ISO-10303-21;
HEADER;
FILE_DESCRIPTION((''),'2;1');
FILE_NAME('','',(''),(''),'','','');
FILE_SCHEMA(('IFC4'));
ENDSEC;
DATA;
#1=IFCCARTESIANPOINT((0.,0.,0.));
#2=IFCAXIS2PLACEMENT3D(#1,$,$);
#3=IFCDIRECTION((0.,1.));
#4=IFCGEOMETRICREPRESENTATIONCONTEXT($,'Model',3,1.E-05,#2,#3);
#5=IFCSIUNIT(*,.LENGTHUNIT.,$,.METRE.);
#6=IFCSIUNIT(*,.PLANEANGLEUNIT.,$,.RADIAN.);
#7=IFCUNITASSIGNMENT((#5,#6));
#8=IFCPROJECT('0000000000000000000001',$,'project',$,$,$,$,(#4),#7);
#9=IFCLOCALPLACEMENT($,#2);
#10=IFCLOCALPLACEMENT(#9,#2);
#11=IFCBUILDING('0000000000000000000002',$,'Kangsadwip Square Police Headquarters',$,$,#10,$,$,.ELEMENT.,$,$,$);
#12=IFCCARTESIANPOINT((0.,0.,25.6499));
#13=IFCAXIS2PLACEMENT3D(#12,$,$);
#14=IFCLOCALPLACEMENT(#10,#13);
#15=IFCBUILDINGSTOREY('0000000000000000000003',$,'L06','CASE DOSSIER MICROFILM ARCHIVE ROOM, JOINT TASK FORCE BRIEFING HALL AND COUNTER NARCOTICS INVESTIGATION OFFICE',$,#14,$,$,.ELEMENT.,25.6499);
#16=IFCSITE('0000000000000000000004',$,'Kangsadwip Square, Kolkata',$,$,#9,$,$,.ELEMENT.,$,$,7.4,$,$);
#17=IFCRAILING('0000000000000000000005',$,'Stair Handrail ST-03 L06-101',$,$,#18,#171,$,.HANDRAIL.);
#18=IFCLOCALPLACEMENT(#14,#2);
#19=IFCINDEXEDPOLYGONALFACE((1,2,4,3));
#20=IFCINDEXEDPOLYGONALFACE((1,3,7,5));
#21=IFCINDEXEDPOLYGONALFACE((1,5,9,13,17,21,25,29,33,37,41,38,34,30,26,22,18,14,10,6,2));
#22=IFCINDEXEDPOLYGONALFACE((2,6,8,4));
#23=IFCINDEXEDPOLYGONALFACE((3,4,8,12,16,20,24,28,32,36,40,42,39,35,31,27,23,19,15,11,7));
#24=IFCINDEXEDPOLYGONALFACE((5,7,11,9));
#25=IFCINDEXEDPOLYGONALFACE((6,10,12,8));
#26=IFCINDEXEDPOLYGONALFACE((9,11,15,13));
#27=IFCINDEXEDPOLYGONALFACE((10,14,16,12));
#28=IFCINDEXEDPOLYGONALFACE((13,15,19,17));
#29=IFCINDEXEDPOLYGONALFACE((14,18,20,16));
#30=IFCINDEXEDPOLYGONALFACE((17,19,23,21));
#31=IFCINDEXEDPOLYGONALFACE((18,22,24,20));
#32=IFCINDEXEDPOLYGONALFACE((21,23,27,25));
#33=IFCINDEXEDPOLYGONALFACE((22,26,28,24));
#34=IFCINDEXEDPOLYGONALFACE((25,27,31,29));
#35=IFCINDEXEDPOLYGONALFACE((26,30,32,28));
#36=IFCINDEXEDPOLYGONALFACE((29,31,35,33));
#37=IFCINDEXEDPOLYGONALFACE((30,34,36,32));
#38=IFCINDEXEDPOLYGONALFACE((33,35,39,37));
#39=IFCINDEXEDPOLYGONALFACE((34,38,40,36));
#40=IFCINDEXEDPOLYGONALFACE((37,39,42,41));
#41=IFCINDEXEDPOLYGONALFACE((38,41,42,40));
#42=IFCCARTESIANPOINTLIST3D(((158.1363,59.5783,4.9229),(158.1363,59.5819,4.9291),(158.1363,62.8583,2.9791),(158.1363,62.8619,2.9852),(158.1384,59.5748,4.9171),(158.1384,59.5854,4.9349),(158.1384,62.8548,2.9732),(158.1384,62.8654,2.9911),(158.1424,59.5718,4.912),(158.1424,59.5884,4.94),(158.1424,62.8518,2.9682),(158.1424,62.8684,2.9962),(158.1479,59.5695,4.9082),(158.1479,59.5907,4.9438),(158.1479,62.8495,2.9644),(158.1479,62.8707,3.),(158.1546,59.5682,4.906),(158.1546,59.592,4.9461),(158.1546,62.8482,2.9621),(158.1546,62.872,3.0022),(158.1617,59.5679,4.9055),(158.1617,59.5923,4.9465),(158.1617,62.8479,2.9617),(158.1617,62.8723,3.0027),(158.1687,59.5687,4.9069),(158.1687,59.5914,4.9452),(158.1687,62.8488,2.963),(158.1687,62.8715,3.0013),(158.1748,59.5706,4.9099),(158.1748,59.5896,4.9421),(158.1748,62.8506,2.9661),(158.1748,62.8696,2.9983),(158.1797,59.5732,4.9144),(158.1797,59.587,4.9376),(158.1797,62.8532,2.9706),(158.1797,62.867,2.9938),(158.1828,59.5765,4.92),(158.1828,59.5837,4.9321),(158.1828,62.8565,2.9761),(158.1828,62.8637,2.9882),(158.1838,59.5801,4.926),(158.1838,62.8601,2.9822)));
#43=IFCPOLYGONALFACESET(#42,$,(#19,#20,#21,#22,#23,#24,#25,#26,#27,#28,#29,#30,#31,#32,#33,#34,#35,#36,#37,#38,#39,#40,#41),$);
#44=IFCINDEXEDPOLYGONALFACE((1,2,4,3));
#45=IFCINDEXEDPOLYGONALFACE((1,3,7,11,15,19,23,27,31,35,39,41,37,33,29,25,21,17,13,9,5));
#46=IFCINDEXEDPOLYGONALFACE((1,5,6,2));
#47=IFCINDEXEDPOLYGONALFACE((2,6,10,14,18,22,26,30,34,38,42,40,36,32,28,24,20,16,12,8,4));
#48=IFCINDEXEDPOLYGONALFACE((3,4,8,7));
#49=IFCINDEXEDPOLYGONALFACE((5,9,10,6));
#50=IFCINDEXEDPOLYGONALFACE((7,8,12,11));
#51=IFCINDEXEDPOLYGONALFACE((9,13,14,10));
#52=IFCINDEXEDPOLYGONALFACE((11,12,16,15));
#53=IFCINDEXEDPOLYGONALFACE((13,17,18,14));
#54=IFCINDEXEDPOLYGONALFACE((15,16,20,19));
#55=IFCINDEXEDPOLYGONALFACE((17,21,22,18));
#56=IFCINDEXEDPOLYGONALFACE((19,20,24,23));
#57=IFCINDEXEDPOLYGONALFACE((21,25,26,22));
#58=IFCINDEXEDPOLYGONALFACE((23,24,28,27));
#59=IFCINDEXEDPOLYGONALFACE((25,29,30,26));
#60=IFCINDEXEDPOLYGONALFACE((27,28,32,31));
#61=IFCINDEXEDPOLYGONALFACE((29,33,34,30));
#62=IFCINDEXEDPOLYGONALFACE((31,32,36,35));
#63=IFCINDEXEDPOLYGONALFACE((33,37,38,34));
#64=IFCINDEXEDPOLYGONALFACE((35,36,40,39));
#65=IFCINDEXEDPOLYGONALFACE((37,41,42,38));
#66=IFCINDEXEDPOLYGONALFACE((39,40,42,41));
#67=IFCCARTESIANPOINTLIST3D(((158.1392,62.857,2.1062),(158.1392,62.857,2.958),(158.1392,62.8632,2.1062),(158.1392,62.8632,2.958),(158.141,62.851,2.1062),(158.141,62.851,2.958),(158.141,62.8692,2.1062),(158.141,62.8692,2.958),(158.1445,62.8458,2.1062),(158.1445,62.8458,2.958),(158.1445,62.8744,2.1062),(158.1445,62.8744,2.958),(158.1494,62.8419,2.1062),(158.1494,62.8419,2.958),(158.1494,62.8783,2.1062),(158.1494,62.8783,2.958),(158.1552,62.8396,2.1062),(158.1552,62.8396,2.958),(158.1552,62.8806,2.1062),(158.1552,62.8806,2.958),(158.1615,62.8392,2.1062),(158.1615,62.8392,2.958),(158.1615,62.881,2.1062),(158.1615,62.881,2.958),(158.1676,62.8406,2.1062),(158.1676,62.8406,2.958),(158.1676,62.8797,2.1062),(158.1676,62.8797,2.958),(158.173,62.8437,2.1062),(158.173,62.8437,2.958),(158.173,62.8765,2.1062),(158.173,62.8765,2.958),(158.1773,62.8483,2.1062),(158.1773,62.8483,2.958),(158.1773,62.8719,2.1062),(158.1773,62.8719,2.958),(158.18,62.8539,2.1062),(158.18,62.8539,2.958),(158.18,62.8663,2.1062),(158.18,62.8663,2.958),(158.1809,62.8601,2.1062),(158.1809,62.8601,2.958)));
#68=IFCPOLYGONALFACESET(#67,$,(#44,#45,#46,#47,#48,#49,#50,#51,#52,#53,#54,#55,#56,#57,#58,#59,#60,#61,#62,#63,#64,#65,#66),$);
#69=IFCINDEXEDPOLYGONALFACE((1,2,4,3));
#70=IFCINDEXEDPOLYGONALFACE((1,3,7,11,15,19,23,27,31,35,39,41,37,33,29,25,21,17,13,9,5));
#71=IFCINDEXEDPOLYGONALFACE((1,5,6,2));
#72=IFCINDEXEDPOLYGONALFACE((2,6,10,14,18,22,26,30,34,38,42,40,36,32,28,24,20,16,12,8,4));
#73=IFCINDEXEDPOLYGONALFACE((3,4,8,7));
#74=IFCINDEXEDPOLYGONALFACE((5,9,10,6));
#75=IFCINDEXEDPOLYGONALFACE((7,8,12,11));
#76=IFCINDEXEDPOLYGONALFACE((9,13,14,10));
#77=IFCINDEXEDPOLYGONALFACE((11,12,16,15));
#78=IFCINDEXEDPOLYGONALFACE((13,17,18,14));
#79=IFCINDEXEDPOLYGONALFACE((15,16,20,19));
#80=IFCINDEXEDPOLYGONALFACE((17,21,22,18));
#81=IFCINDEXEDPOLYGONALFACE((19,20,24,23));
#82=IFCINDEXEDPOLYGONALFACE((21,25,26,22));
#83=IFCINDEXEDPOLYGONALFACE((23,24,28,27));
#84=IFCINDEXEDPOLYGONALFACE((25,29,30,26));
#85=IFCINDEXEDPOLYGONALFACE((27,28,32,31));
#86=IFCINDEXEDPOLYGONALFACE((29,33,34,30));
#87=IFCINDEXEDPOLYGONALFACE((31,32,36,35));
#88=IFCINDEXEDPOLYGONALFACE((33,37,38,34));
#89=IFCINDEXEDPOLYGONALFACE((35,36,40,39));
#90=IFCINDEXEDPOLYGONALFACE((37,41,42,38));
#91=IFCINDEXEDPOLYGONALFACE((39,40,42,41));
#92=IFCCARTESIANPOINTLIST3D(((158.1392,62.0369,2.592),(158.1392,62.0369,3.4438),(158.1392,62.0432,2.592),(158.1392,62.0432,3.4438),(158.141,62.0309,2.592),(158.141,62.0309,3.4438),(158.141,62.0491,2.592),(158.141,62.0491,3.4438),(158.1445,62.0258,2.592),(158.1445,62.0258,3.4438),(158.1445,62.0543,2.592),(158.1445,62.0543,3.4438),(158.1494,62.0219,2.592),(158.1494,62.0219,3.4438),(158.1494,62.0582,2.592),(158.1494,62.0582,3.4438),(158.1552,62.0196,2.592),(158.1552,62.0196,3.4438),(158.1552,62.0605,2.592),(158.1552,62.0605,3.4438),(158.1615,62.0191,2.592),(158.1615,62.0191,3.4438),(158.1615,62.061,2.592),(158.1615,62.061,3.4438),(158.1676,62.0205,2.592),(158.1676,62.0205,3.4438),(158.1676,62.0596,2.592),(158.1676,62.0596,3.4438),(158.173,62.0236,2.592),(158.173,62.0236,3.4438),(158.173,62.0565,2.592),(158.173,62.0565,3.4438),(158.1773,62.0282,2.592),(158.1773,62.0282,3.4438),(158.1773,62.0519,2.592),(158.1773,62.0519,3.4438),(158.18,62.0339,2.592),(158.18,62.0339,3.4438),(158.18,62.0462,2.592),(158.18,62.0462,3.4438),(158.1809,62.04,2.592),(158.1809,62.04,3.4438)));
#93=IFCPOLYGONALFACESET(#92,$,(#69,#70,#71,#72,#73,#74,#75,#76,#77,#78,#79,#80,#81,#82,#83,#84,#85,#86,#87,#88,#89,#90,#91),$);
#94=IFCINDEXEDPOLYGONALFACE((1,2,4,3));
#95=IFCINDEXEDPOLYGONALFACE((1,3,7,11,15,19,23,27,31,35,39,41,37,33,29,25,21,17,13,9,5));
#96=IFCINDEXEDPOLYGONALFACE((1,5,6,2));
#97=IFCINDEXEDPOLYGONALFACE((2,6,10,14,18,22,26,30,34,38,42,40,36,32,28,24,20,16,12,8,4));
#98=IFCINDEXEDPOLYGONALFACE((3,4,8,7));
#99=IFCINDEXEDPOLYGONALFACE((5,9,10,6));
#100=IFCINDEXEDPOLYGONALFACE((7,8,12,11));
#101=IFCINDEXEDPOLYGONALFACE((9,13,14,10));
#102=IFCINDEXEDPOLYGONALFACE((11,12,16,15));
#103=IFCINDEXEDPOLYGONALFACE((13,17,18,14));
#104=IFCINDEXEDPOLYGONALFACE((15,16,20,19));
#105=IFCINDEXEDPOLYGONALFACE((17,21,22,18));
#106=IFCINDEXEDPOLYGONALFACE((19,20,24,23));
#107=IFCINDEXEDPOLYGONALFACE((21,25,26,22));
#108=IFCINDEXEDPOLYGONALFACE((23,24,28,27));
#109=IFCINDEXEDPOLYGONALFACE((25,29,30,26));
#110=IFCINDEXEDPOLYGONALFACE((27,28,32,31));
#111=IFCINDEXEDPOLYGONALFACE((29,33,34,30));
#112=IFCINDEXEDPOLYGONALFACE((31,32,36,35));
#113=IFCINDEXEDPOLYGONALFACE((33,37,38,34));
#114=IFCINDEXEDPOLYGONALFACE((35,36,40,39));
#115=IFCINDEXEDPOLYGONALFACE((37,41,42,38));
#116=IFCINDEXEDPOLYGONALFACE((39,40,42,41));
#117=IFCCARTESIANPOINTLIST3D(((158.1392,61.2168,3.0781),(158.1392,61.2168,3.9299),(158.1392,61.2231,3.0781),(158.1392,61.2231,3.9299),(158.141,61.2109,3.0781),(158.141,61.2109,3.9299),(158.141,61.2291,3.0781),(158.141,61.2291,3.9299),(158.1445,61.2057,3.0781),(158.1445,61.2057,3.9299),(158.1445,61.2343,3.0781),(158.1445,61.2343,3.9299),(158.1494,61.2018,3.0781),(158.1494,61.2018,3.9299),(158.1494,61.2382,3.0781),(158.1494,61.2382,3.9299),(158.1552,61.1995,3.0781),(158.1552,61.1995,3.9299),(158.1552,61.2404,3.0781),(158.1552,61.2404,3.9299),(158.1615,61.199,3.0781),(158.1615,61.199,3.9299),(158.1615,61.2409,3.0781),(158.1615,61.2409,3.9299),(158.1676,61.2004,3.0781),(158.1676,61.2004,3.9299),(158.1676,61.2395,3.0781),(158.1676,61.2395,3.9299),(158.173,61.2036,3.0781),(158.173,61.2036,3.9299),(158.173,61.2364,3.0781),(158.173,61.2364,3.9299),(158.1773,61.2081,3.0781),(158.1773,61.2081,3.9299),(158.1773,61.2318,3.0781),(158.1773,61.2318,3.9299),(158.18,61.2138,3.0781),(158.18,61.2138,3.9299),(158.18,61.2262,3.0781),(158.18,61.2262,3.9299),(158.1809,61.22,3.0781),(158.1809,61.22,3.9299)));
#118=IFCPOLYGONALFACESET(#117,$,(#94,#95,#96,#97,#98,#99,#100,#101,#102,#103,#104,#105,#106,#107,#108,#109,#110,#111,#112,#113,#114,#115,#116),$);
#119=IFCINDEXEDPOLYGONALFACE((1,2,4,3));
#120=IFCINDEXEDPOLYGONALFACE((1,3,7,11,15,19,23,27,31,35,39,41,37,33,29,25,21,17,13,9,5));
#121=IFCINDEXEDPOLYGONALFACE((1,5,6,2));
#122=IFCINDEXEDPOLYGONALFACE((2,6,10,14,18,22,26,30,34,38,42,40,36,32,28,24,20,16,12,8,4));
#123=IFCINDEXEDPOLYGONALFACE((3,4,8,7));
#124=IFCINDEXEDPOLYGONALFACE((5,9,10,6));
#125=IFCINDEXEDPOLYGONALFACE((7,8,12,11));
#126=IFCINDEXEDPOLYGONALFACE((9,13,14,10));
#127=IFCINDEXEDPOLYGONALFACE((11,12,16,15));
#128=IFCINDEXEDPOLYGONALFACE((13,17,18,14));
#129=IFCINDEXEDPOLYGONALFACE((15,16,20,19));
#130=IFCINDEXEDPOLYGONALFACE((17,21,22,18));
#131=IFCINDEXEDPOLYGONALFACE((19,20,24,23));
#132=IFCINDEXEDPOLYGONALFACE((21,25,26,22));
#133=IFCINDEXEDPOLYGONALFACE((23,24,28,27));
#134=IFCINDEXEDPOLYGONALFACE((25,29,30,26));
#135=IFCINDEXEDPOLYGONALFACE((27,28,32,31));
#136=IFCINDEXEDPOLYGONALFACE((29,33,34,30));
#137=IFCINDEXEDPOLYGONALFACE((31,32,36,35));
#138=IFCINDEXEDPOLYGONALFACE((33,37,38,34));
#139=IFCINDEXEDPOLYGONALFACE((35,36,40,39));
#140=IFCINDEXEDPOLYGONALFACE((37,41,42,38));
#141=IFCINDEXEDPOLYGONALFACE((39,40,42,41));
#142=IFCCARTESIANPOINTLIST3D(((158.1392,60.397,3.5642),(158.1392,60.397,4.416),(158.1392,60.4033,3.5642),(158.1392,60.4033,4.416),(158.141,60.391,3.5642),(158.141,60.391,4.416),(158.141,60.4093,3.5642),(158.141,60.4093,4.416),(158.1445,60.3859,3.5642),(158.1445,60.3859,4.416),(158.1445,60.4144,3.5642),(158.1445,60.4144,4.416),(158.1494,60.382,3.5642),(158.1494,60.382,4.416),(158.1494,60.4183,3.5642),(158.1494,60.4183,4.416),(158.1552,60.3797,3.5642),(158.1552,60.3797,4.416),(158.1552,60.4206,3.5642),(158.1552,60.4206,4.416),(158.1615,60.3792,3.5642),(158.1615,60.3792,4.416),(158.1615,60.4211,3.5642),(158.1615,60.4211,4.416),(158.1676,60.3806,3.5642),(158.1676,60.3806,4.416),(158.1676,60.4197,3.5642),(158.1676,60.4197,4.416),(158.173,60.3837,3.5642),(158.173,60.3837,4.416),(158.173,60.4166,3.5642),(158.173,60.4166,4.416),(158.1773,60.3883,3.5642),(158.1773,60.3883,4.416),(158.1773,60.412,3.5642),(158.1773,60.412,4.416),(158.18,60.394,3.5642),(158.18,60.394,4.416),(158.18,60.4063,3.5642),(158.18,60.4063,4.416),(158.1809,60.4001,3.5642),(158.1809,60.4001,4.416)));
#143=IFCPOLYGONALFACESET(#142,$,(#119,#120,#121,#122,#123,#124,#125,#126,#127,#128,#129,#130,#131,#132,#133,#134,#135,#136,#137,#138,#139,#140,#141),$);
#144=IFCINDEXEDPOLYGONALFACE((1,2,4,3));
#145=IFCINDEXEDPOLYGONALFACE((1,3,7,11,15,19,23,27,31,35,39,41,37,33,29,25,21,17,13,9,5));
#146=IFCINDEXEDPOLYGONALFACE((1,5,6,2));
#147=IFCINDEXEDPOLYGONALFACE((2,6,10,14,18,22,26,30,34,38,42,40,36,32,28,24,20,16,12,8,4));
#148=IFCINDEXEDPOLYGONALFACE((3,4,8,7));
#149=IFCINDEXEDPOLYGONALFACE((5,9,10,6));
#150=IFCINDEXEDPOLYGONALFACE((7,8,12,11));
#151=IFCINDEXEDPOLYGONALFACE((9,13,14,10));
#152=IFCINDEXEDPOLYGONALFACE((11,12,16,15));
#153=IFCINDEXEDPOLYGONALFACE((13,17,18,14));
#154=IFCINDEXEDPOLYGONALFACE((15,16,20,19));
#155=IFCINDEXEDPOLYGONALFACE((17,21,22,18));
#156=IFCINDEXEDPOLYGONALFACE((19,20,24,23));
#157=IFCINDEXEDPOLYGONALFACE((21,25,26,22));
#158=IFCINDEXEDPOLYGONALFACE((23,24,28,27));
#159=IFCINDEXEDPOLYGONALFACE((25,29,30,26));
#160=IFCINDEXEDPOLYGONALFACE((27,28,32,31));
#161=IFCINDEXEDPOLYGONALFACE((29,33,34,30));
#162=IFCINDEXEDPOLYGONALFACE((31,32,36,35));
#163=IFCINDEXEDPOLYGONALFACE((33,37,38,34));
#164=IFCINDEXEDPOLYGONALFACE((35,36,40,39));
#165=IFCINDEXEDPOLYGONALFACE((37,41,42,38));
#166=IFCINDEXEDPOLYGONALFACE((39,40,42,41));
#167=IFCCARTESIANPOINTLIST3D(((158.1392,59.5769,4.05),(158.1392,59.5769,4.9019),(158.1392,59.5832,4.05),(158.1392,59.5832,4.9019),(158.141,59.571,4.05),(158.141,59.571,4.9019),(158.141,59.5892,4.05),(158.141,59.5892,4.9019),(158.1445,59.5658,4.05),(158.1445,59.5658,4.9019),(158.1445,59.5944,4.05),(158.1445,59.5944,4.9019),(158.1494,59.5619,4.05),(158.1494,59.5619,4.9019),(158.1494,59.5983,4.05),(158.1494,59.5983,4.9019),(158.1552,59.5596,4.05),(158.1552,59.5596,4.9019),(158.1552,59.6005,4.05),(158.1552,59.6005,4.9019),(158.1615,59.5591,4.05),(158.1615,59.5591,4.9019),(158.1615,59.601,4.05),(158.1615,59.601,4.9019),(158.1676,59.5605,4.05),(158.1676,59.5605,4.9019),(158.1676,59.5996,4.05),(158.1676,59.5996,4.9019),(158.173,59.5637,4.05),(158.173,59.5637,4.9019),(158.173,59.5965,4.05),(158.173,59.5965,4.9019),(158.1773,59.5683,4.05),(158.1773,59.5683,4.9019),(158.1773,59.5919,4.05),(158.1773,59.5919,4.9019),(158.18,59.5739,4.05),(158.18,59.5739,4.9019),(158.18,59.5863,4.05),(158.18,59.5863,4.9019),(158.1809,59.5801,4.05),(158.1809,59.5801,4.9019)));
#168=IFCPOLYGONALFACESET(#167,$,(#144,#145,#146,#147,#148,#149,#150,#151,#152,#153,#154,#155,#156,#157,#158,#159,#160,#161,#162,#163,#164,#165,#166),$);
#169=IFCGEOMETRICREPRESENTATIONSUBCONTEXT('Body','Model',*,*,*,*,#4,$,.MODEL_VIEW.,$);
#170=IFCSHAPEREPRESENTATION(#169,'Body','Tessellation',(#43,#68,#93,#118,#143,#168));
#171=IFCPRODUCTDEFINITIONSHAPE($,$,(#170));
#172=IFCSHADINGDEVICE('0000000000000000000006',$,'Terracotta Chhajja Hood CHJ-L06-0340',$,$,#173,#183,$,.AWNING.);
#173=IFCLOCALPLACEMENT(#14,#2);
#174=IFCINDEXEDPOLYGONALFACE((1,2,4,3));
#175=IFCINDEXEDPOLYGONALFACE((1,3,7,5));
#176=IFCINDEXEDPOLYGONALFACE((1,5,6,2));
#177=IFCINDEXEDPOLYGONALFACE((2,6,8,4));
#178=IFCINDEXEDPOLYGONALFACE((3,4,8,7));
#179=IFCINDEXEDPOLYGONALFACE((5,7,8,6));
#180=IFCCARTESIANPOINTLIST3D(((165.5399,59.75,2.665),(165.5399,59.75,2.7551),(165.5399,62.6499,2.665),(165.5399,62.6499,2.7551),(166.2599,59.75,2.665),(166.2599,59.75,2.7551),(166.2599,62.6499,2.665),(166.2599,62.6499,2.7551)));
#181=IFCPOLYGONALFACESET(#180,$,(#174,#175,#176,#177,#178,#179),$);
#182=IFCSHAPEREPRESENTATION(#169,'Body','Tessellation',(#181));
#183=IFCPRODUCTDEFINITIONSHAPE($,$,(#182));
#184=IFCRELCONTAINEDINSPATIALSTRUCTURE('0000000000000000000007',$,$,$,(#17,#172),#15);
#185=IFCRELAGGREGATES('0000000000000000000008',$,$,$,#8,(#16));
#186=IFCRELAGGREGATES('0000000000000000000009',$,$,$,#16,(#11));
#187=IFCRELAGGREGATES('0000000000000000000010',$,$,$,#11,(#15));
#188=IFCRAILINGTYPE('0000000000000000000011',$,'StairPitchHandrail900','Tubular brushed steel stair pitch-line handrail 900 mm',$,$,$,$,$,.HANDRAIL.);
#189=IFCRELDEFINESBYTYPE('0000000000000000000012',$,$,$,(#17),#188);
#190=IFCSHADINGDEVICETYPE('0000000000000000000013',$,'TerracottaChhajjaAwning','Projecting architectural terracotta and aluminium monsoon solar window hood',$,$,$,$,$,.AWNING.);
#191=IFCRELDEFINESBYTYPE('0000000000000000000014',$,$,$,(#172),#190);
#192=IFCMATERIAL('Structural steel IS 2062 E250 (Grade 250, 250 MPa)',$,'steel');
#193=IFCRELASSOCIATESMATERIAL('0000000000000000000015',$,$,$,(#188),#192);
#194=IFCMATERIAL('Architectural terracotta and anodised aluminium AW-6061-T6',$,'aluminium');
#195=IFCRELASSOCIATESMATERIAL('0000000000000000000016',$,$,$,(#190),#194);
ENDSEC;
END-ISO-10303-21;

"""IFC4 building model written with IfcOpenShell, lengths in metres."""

from ifc_helpers import new_model, si_unit, direction, frame, origin, origin_2d, place, context, subcontext, project, spatial, rectangle, circle, extrude, material, type_object, element, save


model = new_model("IFC4")

# Units and contexts
model_context = context("Model", 3, precision=1e-05, world=origin(), true_north=direction((0.0, 1.0)))
body_context = subcontext(model_context, "Body", "Model", "MODEL_VIEW")
ifc_project = project(units=[si_unit("LENGTHUNIT", "METRE"), si_unit("PLANEANGLEUNIT", "RADIAN")], contexts=[model_context])

# Site, building, storey
site_placement = place(None, origin())
site = spatial("IfcSite", under=ifc_project, at=site_placement, Name="Kangsadwip Square, Kolkata", CompositionType="ELEMENT", RefElevation=7.4)
building_placement = place(site_placement, origin())
building = spatial("IfcBuilding", under=site, at=building_placement, Name="Kangsadwip Square Police Headquarters", CompositionType="ELEMENT")
storey_placement = place(building_placement, frame((0.0, 0.0, 25.6499)))
storey = spatial("IfcBuildingStorey", under=building, at=storey_placement, Name="L06", Description="CASE DOSSIER MICROFILM ARCHIVE ROOM, JOINT TASK FORCE BRIEFING HALL AND COUNTER NARCOTICS INVESTIGATION OFFICE", CompositionType="ELEMENT", Elevation=25.6499)

# Railing
ifc_material_1 = material(Name="Structural steel IS 2062 E250 (Grade 250, 250 MPa)", Category="steel")
railing_type_1 = type_object("IfcRailingType", Name="StairPitchHandrail900", Description="Tubular brushed steel stair pitch-line handrail 900 mm", PredefinedType="HANDRAIL", material=ifc_material_1)
railing_placement = place(storey_placement, frame((158.1599, 62.8601, 2.1062)))
element("IfcRailing", 1, at=railing_placement, inside=storey, type_object=railing_type_1, Name="Stair Handrail ST-03 L06-101", PredefinedType="HANDRAIL", context=body_context, shape_type="SweptSolid", body=[
    extrude(circle(Radius=0.0239, at=origin_2d()), frame((0.0, 0.0, 0.876), z_axis=(0.0, -0.860277, 0.509827), x_axis=(1.0, 0.0, 0.0)), (0.0, 0.0, 1.0), 3.8127),
    extrude(circle(Radius=0.021, at=origin_2d()), origin(), (0.0, 0.0, 1.0), 0.8518),
    extrude(circle(Radius=0.021, at=origin_2d()), frame((0.0, -0.8201, 0.4858)), (0.0, 0.0, 1.0), 0.8518),
    extrude(circle(Radius=0.021, at=origin_2d()), frame((0.0, -1.6401, 0.9719)), (0.0, 0.0, 1.0), 0.8518),
    extrude(circle(Radius=0.021, at=origin_2d()), frame((0.0, -2.46, 1.458)), (0.0, 0.0, 1.0), 0.8518),
    extrude(circle(Radius=0.021, at=origin_2d()), frame((0.0, -3.28, 1.9438)), (0.0, 0.0, 1.0), 0.8518),
])

# Shading device
ifc_material_2 = material(Name="Architectural terracotta and anodised aluminium AW-6061-T6", Category="aluminium")
shading_device_type = type_object("IfcShadingDeviceType", Name="TerracottaChhajjaAwning", Description="Projecting architectural terracotta and aluminium monsoon solar window hood", PredefinedType="AWNING", material=ifc_material_2)
shading_device_placement = place(storey_placement, frame((165.8999, 61.2, 2.665), z_axis=(0.0, 0.0, 1.0), x_axis=(0.0, 1.0, 0.0)))
element("IfcShadingDevice", 2, at=shading_device_placement, inside=storey, type_object=shading_device_type, Name="Terracotta Chhajja Hood CHJ-L06-0340", PredefinedType="AWNING", context=body_context, shape_type="SweptSolid", body=[
    extrude(rectangle(XDim=2.8999, YDim=0.72, at=origin_2d()), origin(), (0.0, 0.0, 1.0), 0.0901),
])

save(model, "model.ifc")
